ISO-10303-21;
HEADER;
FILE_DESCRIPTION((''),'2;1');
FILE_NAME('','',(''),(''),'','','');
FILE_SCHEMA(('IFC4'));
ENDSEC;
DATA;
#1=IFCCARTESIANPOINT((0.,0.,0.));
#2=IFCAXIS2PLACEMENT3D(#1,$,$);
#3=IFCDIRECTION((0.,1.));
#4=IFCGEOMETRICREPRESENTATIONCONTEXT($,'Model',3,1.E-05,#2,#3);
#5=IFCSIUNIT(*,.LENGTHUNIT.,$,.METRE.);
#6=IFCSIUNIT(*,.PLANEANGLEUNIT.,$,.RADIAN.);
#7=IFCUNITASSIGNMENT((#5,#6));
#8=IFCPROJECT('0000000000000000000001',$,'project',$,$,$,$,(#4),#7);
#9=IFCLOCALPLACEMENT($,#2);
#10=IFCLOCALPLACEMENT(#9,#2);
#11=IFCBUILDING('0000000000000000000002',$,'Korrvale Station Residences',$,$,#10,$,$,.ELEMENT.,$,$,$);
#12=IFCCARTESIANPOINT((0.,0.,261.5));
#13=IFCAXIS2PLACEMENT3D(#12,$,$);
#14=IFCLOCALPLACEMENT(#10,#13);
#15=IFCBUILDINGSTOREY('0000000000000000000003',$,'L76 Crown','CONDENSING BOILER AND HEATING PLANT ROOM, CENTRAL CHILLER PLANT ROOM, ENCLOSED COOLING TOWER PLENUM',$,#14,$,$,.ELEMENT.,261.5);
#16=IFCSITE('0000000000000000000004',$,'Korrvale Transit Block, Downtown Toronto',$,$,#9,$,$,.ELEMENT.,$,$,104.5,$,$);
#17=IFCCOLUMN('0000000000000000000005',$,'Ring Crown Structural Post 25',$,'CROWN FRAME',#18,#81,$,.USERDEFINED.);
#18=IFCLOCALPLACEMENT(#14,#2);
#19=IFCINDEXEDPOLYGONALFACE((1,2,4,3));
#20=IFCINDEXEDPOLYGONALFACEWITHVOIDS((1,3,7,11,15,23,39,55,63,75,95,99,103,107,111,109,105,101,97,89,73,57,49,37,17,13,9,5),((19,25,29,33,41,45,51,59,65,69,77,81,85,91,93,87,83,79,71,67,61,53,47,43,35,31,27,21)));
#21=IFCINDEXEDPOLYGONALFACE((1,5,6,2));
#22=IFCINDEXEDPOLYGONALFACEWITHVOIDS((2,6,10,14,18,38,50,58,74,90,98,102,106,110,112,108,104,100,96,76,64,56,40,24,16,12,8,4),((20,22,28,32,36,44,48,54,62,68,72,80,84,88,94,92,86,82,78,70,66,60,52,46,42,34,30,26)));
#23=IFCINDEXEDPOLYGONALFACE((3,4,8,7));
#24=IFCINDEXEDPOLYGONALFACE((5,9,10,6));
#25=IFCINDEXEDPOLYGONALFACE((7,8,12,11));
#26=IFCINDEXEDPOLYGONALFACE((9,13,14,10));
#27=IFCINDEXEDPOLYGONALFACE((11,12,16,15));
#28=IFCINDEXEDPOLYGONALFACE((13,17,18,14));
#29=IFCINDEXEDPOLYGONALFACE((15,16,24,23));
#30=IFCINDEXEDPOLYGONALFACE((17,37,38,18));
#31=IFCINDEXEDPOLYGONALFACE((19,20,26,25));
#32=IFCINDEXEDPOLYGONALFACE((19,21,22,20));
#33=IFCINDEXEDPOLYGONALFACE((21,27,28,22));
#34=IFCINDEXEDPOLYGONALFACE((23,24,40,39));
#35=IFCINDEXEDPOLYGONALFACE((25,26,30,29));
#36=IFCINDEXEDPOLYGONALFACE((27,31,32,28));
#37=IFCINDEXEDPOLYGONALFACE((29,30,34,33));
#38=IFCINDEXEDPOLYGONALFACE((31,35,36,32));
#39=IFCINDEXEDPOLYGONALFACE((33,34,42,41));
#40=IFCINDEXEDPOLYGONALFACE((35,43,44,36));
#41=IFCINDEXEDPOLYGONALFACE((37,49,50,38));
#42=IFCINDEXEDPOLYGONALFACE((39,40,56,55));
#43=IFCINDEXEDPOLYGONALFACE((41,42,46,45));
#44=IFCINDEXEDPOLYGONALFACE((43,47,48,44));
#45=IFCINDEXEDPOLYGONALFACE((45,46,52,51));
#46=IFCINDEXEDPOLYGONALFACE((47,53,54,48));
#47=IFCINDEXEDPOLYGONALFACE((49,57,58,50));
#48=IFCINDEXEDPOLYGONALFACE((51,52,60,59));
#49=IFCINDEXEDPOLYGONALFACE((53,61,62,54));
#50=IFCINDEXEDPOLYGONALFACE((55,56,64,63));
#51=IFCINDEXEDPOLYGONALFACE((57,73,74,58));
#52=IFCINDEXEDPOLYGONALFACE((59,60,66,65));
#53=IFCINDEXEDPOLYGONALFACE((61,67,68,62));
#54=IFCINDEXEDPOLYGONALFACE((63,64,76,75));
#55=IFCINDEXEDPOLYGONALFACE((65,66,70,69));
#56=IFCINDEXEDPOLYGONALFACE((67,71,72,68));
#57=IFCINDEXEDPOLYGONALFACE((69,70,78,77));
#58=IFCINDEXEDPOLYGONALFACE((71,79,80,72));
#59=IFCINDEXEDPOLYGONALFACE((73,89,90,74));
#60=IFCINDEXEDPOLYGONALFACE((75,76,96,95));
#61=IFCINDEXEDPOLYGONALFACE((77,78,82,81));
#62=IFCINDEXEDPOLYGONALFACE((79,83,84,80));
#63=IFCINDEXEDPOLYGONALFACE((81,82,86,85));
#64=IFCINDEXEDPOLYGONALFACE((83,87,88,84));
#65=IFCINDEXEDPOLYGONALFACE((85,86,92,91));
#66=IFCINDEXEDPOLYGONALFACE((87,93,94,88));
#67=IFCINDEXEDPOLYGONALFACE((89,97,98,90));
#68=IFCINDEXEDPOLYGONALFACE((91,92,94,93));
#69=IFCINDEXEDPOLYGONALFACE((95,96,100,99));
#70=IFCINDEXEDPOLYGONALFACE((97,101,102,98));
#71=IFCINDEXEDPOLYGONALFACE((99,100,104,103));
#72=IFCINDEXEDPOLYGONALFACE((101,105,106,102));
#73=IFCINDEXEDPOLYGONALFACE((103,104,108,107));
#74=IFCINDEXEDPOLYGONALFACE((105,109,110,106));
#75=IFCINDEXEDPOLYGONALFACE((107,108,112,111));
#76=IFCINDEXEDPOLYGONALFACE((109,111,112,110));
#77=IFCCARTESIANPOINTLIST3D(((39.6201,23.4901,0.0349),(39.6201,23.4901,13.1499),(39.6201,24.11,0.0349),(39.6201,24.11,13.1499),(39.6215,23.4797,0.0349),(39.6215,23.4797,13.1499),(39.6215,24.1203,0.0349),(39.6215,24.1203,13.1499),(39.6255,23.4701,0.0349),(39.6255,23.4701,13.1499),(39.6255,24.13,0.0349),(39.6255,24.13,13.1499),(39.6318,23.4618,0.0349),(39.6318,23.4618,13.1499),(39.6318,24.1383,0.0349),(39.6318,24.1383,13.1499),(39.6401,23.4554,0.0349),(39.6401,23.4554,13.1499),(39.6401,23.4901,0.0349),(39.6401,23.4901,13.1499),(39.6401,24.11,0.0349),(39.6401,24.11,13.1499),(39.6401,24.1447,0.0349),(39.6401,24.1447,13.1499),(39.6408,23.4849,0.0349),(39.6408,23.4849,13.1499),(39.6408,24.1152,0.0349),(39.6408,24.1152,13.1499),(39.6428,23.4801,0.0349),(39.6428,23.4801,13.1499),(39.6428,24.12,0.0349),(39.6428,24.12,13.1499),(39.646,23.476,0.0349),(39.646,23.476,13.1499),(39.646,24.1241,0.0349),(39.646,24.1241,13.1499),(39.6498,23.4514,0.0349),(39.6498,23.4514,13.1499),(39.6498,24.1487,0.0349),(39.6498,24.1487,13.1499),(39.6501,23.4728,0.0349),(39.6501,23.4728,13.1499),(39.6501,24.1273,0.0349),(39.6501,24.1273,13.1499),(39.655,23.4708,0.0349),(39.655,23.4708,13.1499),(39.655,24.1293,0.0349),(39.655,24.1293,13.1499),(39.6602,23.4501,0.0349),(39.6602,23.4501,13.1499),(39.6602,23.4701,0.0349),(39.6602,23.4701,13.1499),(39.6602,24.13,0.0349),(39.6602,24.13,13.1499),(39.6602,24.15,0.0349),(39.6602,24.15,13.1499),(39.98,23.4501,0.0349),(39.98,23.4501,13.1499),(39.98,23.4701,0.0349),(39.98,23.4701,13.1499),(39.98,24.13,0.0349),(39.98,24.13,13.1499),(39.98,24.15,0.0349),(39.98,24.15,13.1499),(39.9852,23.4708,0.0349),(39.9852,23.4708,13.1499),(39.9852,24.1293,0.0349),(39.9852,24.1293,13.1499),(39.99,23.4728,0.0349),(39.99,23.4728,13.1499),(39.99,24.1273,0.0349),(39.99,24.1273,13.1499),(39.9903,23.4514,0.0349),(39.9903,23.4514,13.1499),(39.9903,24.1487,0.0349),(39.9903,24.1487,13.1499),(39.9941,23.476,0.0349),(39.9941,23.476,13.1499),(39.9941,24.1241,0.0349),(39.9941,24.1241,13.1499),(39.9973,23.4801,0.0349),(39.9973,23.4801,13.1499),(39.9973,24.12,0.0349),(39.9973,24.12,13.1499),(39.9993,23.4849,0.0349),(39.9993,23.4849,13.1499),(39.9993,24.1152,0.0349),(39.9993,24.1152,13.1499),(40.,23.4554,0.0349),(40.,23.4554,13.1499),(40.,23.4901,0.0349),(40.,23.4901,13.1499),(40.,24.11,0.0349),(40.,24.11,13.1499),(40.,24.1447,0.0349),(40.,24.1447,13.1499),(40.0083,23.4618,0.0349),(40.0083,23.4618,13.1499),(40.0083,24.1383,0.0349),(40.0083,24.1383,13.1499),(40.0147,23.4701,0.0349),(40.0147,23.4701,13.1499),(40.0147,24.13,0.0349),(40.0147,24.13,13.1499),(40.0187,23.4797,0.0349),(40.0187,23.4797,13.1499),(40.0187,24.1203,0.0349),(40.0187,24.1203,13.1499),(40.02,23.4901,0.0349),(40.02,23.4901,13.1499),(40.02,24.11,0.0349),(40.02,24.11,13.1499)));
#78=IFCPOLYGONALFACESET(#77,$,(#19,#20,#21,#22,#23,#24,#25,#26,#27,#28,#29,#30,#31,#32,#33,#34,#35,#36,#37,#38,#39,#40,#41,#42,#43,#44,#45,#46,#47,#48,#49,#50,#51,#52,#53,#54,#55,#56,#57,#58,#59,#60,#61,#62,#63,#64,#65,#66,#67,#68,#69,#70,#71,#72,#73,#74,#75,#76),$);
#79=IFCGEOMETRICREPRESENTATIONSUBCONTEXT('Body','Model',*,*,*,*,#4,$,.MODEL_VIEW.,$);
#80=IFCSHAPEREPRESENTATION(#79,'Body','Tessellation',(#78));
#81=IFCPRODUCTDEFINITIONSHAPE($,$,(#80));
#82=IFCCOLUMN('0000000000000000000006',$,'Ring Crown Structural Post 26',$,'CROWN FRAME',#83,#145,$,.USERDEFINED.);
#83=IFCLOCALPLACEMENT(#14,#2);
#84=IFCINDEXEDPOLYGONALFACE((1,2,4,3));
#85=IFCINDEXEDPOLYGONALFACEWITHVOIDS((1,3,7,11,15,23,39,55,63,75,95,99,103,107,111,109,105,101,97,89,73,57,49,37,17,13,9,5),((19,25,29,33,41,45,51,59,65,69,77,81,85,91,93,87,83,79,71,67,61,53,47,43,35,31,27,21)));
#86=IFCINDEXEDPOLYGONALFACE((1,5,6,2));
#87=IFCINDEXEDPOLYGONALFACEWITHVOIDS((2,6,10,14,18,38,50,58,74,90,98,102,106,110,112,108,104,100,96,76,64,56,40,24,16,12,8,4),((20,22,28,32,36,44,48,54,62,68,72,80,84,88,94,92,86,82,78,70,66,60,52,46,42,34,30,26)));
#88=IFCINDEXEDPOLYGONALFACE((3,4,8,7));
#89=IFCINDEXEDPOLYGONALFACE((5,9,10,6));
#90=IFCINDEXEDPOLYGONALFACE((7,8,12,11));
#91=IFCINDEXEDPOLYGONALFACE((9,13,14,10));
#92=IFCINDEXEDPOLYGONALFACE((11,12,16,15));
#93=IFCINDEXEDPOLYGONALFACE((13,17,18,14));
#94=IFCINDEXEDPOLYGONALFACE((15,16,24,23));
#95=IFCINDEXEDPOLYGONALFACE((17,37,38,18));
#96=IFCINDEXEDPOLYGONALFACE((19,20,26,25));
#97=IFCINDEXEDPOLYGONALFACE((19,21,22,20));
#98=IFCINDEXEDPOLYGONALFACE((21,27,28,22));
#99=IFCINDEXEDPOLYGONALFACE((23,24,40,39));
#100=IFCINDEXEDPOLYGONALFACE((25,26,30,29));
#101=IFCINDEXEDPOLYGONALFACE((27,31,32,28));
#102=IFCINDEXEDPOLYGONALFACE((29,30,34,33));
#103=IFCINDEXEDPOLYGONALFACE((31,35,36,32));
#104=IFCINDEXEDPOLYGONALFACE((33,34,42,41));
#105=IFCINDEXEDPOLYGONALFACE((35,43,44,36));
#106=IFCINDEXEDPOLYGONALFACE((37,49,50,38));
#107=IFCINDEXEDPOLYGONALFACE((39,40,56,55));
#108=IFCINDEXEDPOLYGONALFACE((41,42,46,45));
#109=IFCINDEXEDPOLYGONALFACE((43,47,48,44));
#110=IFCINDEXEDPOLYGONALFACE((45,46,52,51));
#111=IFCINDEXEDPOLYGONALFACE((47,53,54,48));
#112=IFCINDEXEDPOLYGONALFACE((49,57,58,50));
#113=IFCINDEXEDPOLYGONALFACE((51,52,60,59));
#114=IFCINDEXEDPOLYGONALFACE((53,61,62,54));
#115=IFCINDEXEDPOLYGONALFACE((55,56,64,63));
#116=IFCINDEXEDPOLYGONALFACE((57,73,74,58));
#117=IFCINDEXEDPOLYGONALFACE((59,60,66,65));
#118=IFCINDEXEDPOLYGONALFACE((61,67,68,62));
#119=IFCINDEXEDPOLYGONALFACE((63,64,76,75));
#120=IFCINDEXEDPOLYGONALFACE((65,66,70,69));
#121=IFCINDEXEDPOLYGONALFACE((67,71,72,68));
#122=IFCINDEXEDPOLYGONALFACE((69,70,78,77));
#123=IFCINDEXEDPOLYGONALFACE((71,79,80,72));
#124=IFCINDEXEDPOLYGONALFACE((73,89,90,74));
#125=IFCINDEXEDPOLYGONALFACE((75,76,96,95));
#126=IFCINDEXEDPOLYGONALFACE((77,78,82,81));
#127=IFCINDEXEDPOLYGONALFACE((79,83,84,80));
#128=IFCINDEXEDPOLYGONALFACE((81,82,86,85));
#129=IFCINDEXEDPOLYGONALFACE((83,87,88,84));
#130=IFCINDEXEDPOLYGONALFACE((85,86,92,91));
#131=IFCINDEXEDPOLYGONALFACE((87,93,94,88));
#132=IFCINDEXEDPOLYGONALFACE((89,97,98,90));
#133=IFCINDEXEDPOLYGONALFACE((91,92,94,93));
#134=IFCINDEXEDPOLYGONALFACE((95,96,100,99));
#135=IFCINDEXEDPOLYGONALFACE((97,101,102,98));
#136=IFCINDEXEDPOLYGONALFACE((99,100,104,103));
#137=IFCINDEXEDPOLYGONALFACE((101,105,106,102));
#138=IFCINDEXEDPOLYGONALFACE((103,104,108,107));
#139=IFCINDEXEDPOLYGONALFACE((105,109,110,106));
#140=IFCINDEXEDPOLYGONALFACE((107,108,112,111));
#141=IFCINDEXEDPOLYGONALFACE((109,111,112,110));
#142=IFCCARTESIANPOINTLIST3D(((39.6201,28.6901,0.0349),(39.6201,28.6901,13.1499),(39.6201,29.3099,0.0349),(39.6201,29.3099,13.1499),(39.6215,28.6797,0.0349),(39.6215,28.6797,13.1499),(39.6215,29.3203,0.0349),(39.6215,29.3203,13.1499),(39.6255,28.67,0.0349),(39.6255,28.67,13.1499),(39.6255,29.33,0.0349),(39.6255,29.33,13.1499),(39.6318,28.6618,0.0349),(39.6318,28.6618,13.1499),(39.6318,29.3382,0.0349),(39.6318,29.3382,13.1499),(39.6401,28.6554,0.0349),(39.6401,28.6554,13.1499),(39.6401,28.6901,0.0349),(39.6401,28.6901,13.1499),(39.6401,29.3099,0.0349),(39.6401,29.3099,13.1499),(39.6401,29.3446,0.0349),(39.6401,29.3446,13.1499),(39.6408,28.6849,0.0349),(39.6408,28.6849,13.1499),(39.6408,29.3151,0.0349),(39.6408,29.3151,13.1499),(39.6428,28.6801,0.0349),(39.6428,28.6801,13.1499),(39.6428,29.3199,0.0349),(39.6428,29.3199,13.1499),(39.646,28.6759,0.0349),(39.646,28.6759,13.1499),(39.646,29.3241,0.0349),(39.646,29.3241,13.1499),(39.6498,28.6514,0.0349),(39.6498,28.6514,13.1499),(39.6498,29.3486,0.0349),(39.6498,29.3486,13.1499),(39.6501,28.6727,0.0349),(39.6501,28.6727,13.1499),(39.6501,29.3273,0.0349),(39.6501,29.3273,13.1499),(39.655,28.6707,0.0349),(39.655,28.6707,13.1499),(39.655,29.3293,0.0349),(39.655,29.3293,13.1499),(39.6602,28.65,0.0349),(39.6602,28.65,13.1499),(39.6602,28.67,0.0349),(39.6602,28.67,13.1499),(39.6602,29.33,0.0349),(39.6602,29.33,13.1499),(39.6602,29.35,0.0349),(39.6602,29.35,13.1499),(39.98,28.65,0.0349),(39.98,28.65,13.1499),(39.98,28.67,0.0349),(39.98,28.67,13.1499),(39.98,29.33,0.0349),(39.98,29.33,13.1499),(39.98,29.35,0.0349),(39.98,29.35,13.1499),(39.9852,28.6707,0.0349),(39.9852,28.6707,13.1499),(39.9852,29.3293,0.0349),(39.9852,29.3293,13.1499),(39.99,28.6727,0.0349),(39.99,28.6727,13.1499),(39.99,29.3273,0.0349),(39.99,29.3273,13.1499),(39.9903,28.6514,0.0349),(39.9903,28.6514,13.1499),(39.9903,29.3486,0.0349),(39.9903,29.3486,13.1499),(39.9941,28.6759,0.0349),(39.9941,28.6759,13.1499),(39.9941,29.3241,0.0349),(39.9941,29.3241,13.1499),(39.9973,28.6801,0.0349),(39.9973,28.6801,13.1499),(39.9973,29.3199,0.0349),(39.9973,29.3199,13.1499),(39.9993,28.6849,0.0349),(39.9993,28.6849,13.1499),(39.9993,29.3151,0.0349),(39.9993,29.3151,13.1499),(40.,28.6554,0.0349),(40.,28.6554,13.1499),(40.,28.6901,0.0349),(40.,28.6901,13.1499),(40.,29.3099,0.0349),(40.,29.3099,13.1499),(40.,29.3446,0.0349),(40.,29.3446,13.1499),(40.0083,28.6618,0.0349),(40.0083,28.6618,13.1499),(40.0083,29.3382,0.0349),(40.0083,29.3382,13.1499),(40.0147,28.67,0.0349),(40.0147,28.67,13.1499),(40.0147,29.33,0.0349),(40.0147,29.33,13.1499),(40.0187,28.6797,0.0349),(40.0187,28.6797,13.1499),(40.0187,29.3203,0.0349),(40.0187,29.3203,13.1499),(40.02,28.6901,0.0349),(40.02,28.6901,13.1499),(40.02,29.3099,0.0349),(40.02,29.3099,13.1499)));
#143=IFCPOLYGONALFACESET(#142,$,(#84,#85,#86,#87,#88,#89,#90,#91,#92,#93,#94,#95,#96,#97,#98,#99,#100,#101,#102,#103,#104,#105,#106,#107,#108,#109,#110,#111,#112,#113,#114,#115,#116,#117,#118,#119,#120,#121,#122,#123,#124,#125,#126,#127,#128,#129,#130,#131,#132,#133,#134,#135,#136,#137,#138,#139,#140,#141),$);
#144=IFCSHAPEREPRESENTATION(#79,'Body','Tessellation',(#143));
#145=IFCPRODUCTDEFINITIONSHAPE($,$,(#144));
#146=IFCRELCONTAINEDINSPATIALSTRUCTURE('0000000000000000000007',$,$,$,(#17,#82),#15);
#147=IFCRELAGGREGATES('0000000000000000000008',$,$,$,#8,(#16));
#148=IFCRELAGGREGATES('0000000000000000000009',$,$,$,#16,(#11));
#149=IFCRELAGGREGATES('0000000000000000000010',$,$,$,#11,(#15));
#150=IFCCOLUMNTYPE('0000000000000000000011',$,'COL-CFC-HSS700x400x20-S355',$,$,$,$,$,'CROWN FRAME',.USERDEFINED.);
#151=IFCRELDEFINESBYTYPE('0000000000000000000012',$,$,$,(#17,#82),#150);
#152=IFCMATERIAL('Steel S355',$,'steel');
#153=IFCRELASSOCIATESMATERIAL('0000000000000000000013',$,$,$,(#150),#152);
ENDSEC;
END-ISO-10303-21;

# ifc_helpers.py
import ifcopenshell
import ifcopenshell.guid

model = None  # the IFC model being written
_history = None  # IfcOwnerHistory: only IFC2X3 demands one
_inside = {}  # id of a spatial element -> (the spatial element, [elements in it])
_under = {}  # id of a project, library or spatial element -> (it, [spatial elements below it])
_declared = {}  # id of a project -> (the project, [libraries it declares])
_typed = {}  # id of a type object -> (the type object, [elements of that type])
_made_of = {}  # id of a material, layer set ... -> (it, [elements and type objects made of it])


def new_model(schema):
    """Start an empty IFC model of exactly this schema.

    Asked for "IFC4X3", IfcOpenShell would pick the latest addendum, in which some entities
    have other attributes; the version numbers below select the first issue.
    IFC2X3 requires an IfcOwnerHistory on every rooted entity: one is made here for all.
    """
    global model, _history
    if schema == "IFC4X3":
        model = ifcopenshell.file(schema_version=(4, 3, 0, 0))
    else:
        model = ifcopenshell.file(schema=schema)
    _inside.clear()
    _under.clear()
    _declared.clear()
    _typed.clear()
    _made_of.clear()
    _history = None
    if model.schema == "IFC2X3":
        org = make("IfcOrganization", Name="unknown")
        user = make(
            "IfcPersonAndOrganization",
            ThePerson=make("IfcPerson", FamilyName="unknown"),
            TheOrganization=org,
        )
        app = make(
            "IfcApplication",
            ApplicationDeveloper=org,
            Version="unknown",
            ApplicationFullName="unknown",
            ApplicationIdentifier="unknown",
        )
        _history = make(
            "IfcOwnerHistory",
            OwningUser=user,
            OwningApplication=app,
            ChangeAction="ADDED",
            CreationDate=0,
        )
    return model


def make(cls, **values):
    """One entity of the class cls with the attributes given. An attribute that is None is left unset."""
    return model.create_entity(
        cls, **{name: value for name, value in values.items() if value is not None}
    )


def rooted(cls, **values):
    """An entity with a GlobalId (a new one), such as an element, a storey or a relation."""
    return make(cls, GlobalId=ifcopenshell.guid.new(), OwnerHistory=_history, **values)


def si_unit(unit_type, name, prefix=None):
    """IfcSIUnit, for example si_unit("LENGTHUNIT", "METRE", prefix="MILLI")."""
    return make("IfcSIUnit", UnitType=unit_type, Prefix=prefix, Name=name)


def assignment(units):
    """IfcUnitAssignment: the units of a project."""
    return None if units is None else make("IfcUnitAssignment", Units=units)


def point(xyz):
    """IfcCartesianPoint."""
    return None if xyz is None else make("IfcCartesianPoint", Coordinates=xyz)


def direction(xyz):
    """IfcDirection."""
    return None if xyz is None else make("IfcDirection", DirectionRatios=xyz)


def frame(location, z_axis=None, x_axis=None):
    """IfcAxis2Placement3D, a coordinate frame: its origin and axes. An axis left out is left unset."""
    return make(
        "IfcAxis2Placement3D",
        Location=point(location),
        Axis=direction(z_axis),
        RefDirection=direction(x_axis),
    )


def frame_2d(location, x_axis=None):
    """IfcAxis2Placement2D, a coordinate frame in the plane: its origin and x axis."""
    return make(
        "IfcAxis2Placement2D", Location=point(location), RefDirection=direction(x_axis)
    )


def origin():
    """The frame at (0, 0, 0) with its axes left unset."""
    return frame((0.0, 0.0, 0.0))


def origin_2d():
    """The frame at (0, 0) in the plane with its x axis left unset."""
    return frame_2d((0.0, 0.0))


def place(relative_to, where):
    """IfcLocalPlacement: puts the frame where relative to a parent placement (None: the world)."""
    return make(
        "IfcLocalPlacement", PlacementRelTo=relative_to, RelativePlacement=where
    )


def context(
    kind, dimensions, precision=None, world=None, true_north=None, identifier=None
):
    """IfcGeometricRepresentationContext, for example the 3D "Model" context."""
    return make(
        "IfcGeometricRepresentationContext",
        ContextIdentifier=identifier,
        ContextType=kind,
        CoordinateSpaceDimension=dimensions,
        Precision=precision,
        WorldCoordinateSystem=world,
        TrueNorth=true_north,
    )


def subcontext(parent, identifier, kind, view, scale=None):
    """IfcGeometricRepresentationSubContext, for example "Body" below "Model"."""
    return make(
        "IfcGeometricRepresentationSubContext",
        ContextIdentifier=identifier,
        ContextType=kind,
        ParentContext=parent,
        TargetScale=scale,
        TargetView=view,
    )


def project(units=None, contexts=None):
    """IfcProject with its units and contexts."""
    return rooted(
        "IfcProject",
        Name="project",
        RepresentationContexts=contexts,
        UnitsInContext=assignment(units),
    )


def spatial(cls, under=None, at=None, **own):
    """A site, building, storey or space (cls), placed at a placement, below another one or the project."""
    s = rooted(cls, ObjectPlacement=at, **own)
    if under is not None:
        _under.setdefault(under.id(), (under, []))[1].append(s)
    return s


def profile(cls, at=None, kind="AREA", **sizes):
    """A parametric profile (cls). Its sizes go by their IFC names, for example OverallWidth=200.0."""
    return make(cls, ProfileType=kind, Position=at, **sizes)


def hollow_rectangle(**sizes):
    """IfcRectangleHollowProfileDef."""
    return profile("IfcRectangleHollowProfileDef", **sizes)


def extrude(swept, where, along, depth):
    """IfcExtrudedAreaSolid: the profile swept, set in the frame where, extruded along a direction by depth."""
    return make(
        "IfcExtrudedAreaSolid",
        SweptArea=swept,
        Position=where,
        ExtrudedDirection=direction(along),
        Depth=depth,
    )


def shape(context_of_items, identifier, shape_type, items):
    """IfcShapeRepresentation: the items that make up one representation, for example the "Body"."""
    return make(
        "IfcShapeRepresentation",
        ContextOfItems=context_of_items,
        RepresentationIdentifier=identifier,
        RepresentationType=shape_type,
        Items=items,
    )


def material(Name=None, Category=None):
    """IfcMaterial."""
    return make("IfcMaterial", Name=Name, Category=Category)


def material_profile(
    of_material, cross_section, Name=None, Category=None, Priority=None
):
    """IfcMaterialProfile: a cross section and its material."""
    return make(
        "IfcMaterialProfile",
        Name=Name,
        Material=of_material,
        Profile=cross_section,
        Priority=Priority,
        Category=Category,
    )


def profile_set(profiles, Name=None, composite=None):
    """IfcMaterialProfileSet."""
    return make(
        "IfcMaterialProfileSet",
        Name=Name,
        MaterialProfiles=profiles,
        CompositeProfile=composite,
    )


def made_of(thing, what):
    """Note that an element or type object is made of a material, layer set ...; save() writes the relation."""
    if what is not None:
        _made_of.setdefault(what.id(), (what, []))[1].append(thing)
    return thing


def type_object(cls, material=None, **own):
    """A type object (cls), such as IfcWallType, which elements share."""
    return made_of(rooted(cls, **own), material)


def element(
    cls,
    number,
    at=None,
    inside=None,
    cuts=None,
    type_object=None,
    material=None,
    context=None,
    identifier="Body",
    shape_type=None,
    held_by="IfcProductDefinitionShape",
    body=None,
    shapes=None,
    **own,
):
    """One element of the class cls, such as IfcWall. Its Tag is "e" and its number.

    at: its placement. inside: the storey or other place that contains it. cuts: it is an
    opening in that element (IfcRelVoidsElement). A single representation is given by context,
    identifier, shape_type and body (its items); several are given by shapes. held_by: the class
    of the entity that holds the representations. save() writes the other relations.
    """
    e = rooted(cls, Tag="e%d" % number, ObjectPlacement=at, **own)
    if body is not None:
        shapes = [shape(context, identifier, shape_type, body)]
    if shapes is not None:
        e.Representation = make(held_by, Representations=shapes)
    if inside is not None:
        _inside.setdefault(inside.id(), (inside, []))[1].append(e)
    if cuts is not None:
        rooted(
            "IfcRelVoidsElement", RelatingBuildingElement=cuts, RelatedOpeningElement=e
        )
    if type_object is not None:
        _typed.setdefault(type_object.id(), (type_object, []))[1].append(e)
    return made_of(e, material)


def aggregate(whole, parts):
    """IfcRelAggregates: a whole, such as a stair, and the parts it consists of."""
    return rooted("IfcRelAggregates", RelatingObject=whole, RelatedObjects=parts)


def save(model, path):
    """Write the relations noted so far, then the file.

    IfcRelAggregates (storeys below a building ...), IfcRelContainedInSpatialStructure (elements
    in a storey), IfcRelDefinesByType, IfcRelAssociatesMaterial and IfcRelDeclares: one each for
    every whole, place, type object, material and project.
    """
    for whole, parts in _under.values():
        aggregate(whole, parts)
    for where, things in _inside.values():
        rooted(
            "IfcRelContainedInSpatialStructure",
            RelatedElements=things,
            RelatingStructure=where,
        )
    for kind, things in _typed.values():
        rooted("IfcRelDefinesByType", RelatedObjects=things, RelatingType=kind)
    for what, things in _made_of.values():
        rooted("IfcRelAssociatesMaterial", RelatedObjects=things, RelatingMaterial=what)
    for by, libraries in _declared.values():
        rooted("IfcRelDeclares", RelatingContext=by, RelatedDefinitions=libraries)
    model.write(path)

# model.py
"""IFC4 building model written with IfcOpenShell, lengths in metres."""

from ifc_helpers import new_model, si_unit, direction, frame, origin, origin_2d, place, context, subcontext, project, spatial, hollow_rectangle, extrude, material, material_profile, profile_set, type_object, element, save


model = new_model("IFC4")

# Units and contexts
model_context = context("Model", 3, precision=1e-05, world=origin(), true_north=direction((0.0, 1.0)))
body_context = subcontext(model_context, "Body", "Model", "MODEL_VIEW")
ifc_project = project(units=[si_unit("LENGTHUNIT", "METRE"), si_unit("PLANEANGLEUNIT", "RADIAN")], contexts=[model_context])

# Site, building, storey
site_placement = place(None, origin())
site = spatial("IfcSite", under=ifc_project, at=site_placement, Name="Korrvale Transit Block, Downtown Toronto", CompositionType="ELEMENT", RefElevation=104.5)
building_placement = place(site_placement, origin())
building = spatial("IfcBuilding", under=site, at=building_placement, Name="Korrvale Station Residences", CompositionType="ELEMENT")
storey_placement = place(building_placement, frame((0.0, 0.0, 261.5)))
storey = spatial("IfcBuildingStorey", under=building, at=storey_placement, Name="L76 Crown", Description="CONDENSING BOILER AND HEATING PLANT ROOM, CENTRAL CHILLER PLANT ROOM, ENCLOSED COOLING TOWER PLENUM", CompositionType="ELEMENT", Elevation=261.5)

# Columns
ifc_material_1 = material(Name="Steel S355", Category="steel")
ifc_material_profile_1 = material_profile(ifc_material_1, hollow_rectangle(XDim=0.3999, YDim=0.7, WallThickness=0.02, InnerFilletRadius=0.02, OuterFilletRadius=0.04, at=origin_2d()), Name="HSS700x400x20")
ifc_profile_set_1 = profile_set([ifc_material_profile_1], Name="Steel S355")
column_type = type_object("IfcColumnType", Name="COL-CFC-HSS700x400x20-S355", ElementType="CROWN FRAME", PredefinedType="USERDEFINED", material=ifc_profile_set_1)
for number, where, z_axis, x_axis, name in (
    (1, (39.8201, 23.8, 0.0349), (0.0, 0.0, 1.0), (1.0, 0.0, 0.0), "Ring Crown Structural Post 25"),
    (2, (39.8201, 29.0, 0.0349), (0.0, 0.0, 1.0), (1.0, 0.0, 0.0), "Ring Crown Structural Post 26"),
):
    element("IfcColumn", number, at=place(storey_placement, frame(where, z_axis=z_axis, x_axis=x_axis)), inside=storey, type_object=column_type, Name=name, ObjectType="CROWN FRAME", PredefinedType="USERDEFINED", context=body_context, shape_type="SweptSolid", body=[
        extrude(hollow_rectangle(XDim=0.3999, YDim=0.7, WallThickness=0.02, InnerFilletRadius=0.02, OuterFilletRadius=0.04, at=origin_2d()), origin(), (0.0, 0.0, 1.0), 13.115),
    ])

save(model, "model.ifc")
